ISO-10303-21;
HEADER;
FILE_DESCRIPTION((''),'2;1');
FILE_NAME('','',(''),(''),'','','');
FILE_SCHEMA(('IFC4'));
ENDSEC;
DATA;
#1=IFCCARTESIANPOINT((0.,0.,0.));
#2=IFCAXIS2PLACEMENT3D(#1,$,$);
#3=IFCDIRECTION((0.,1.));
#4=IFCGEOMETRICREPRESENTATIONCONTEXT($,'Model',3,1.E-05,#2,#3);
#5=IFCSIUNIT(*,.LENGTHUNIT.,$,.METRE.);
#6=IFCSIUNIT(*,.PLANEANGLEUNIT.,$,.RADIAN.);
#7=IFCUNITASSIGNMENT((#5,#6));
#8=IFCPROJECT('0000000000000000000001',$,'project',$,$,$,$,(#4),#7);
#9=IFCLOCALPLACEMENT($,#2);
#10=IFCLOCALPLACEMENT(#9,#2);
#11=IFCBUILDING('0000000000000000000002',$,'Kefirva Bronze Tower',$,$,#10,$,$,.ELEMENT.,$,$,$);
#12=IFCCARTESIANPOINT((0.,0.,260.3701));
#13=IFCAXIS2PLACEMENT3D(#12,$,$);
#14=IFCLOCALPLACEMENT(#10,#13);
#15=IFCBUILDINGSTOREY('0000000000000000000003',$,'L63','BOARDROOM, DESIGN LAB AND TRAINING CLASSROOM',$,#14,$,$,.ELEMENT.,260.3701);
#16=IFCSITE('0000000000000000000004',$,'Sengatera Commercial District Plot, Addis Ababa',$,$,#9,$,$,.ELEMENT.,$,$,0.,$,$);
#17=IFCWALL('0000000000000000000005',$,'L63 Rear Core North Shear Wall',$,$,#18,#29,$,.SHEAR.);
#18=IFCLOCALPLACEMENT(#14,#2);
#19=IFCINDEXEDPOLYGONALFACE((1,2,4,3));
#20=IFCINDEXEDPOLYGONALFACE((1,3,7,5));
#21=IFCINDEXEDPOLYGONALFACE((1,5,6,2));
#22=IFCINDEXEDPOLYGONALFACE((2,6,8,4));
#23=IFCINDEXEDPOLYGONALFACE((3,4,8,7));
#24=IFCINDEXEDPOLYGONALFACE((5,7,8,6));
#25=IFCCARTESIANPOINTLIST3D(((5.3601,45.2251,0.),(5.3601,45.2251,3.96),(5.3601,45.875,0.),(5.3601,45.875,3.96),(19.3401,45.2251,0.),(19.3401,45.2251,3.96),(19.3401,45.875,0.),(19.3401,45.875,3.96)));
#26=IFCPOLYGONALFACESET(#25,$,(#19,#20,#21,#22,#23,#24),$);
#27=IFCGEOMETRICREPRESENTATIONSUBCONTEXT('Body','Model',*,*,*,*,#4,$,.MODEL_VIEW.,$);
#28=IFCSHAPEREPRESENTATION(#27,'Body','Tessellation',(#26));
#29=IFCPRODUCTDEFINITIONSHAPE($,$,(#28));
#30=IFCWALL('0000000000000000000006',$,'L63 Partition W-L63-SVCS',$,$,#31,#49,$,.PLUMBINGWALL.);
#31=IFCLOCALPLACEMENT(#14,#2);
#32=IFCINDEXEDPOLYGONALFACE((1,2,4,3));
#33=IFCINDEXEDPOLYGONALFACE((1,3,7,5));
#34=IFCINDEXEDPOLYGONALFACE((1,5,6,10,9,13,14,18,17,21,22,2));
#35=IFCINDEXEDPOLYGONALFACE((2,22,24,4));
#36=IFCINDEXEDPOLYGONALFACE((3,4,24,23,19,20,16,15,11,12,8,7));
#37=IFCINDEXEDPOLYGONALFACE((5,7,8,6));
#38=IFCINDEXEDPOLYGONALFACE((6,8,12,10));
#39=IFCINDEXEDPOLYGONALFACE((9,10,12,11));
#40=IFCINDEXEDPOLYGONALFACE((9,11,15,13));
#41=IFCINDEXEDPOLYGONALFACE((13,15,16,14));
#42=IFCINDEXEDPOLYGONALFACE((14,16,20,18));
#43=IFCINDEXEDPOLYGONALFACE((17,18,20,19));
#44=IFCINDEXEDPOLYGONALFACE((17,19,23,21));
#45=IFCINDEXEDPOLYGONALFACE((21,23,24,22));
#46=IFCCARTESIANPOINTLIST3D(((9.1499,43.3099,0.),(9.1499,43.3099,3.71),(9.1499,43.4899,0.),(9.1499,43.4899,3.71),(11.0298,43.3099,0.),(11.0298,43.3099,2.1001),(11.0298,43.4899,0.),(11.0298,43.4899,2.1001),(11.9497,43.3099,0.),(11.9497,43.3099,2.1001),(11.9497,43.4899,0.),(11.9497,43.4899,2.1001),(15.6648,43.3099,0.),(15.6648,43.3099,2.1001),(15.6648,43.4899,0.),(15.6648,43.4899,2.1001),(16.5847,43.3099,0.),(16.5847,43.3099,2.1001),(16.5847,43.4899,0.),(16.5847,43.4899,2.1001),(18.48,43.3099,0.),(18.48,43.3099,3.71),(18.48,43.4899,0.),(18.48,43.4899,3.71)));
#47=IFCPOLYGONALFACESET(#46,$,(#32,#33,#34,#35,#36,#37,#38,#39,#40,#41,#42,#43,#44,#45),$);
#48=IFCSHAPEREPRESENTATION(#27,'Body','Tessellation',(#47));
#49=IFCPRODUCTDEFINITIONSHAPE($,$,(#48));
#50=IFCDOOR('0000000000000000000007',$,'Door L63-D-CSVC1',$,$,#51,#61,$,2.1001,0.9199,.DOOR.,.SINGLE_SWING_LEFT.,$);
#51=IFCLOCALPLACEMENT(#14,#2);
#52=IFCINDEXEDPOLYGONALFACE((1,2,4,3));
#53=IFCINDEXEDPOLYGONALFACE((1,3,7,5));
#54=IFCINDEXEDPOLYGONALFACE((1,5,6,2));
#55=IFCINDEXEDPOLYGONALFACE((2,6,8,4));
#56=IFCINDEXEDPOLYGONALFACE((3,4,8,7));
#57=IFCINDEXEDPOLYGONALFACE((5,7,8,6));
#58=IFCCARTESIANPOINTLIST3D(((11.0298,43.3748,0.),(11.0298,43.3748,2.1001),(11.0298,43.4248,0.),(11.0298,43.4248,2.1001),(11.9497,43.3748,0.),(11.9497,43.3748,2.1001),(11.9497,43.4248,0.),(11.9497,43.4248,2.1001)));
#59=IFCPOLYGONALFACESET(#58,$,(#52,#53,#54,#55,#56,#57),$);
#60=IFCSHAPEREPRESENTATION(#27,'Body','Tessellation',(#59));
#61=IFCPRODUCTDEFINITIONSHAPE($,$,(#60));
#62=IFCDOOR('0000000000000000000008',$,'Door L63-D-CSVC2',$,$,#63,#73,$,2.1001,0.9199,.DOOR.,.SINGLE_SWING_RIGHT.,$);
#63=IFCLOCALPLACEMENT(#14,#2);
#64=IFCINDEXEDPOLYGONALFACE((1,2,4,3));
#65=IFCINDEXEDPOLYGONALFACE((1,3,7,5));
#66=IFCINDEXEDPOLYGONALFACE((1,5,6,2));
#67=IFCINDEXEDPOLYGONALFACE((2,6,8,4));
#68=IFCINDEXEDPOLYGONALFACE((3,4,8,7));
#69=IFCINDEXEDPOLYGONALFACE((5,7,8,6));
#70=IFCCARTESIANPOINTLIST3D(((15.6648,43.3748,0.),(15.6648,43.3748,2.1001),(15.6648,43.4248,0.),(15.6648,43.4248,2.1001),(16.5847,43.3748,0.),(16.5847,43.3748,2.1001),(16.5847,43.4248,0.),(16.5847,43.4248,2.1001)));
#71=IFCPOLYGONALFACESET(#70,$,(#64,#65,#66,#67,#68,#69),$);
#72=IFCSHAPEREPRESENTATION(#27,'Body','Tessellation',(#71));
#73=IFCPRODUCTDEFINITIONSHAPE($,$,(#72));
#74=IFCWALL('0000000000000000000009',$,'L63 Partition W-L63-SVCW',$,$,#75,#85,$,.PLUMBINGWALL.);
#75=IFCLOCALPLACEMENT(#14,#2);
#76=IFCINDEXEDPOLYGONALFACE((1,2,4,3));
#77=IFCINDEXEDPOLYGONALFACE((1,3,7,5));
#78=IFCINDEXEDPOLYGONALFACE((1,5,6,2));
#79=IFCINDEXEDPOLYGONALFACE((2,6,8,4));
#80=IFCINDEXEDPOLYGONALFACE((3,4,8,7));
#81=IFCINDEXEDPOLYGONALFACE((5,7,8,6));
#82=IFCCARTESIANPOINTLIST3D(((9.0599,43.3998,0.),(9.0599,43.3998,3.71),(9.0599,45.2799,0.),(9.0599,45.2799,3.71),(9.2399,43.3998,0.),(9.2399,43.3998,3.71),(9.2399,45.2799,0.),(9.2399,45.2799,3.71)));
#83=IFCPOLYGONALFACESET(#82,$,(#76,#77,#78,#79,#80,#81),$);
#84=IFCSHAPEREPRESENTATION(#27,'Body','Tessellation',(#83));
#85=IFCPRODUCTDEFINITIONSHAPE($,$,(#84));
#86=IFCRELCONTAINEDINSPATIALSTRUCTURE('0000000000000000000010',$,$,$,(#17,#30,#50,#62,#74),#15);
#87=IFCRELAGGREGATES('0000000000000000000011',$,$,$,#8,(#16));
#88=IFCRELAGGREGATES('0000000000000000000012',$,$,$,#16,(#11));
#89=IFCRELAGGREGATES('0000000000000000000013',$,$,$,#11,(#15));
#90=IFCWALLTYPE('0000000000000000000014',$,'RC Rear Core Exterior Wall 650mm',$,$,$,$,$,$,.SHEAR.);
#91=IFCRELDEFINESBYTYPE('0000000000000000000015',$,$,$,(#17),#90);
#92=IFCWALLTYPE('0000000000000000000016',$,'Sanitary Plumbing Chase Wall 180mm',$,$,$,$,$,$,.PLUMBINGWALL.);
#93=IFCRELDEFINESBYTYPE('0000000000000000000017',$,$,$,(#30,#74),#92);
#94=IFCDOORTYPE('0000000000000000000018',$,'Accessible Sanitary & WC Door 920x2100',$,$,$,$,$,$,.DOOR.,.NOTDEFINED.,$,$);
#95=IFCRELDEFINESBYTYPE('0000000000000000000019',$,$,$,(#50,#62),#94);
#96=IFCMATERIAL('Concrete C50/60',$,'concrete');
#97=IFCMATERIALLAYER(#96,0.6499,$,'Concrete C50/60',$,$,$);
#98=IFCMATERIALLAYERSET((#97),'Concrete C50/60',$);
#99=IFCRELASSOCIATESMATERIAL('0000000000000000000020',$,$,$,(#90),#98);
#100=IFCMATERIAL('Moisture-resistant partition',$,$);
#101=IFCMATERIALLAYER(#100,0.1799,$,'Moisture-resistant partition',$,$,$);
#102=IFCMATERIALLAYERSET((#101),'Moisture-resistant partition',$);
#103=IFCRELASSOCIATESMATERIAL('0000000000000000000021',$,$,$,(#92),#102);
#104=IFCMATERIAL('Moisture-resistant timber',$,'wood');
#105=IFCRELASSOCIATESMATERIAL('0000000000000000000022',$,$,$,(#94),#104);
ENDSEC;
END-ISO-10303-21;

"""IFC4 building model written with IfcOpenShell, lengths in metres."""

from ifc_helpers import new_model, si_unit, direction, frame, frame_2d, origin, place, context, subcontext, project, spatial, rectangle, extrude, material, layer, layer_set, type_object, element, fill, save


model = new_model("IFC4")

# Units and contexts
model_context = context("Model", 3, precision=1e-05, world=origin(), true_north=direction((0.0, 1.0)))
body_context = subcontext(model_context, "Body", "Model", "MODEL_VIEW")
ifc_project = project(units=[si_unit("LENGTHUNIT", "METRE"), si_unit("PLANEANGLEUNIT", "RADIAN")], contexts=[model_context])

# Site, building, storey
site_placement = place(None, origin())
site = spatial("IfcSite", under=ifc_project, at=site_placement, Name="Sengatera Commercial District Plot, Addis Ababa", CompositionType="ELEMENT", RefElevation=0.0)
building_placement = place(site_placement, origin())
building = spatial("IfcBuilding", under=site, at=building_placement, Name="Kefirva Bronze Tower", CompositionType="ELEMENT")
storey_placement = place(building_placement, frame((0.0, 0.0, 260.3701)))
storey = spatial("IfcBuildingStorey", under=building, at=storey_placement, Name="L63", Description="BOARDROOM, DESIGN LAB AND TRAINING CLASSROOM", CompositionType="ELEMENT", Elevation=260.3701)

# Shared definitions
ifc_material_1 = material(Name="Concrete C50/60", Category="concrete")

# Wall
ifc_layer_1 = layer(ifc_material_1, 0.6499, Name="Concrete C50/60")
ifc_layer_set_1 = layer_set([ifc_layer_1], Name="Concrete C50/60")
wall_type_1 = type_object("IfcWallType", Name="RC Rear Core Exterior Wall 650mm", PredefinedType="SHEAR", material=ifc_layer_set_1)
wall_1_placement = place(storey_placement, frame((5.3601, 45.55, 0.0), z_axis=(0.0, 0.0, 1.0), x_axis=(1.0, 0.0, 0.0)))
element("IfcWall", 1, at=wall_1_placement, inside=storey, type_object=wall_type_1, Name="L63 Rear Core North Shear Wall", PredefinedType="SHEAR", context=body_context, shape_type="SweptSolid", body=[
    extrude(rectangle(XDim=13.98, YDim=0.6499, at=frame_2d((6.99, 0.0))), origin(), (0.0, 0.0, 1.0), 3.96),
])

# Wall, openings, doors
ifc_material_2 = material(Name="Moisture-resistant partition")
ifc_layer_2 = layer(ifc_material_2, 0.1799, Name="Moisture-resistant partition")
ifc_layer_set_2 = layer_set([ifc_layer_2], Name="Moisture-resistant partition")
wall_type_2 = type_object("IfcWallType", Name="Sanitary Plumbing Chase Wall 180mm", PredefinedType="PLUMBINGWALL", material=ifc_layer_set_2)
wall_2_placement = place(storey_placement, frame((9.1499, 43.3999, 0.0), z_axis=(0.0, 0.0, 1.0), x_axis=(1.0, 0.0, 0.0)))
wall_2 = element("IfcWall", 2, at=wall_2_placement, inside=storey, type_object=wall_type_2, Name="L63 Partition W-L63-SVCS", PredefinedType="PLUMBINGWALL", context=body_context, shape_type="SweptSolid", body=[
    extrude(rectangle(XDim=9.3301, YDim=0.1799, at=frame_2d((4.665, 0.0))), origin(), (0.0, 0.0, 1.0), 3.71),
])
opening_1_placement = place(wall_2_placement, frame((1.8799, 0.0, 0.0)))
opening_1 = element("IfcOpeningElement", 3, at=opening_1_placement, cuts=wall_2, PredefinedType="OPENING", context=body_context, shape_type="SweptSolid", body=[
    extrude(rectangle(XDim=0.9199, YDim=2.1001, at=frame_2d((0.46, 1.05))), frame((0.0, 0.1001, 0.0), z_axis=(0.0, -1.0, 0.0), x_axis=(1.0, 0.0, 0.0)), (0.0, 0.0, 1.0), 0.2),
])
opening_2_placement = place(wall_2_placement, frame((6.5149, 0.0, 0.0)))
opening_2 = element("IfcOpeningElement", 4, at=opening_2_placement, cuts=wall_2, PredefinedType="OPENING", context=body_context, shape_type="SweptSolid", body=[
    extrude(rectangle(XDim=0.9199, YDim=2.1001, at=frame_2d((0.46, 1.05))), frame((0.0, 0.1001, 0.0), z_axis=(0.0, -1.0, 0.0), x_axis=(1.0, 0.0, 0.0)), (0.0, 0.0, 1.0), 0.2),
])
ifc_material_3 = material(Name="Moisture-resistant timber", Category="wood")
door_type_1 = type_object("IfcDoorType", Name="Accessible Sanitary & WC Door 920x2100", OperationType="NOTDEFINED", PredefinedType="DOOR", material=ifc_material_3)
door_1_placement = place(opening_1_placement, origin())
door_1 = element("IfcDoor", 5, at=door_1_placement, inside=storey, type_object=door_type_1, Name="Door L63-D-CSVC1", OperationType="SINGLE_SWING_LEFT", OverallHeight=2.1001, OverallWidth=0.9199, PredefinedType="DOOR", context=body_context, shape_type="SweptSolid", body=[
    extrude(rectangle(XDim=0.9199, YDim=2.1001, at=frame_2d((0.46, 1.05))), frame((0.0, 0.0249, 0.0), z_axis=(0.0, -1.0, 0.0), x_axis=(1.0, 0.0, 0.0)), (0.0, 0.0, 1.0), 0.05),
])
fill(opening_1, door_1)
door_2_placement = place(opening_2_placement, origin())
door_2 = element("IfcDoor", 6, at=door_2_placement, inside=storey, type_object=door_type_1, Name="Door L63-D-CSVC2", OperationType="SINGLE_SWING_RIGHT", OverallHeight=2.1001, OverallWidth=0.9199, PredefinedType="DOOR", context=body_context, shape_type="SweptSolid", body=[
    extrude(rectangle(XDim=0.9199, YDim=2.1001, at=frame_2d((0.46, 1.05))), frame((0.0, 0.0249, 0.0), z_axis=(0.0, -1.0, 0.0), x_axis=(1.0, 0.0, 0.0)), (0.0, 0.0, 1.0), 0.05),
])
fill(opening_2, door_2)

# Wall
wall_3_placement = place(storey_placement, frame((9.1499, 43.3999, 0.0), z_axis=(0.0, 0.0, 1.0), x_axis=(0.0, 1.0, 0.0)))
element("IfcWall", 7, at=wall_3_placement, inside=storey, type_object=wall_type_2, Name="L63 Partition W-L63-SVCW", PredefinedType="PLUMBINGWALL", context=body_context, shape_type="SweptSolid", body=[
    extrude(rectangle(XDim=1.8801, YDim=0.1799, at=frame_2d((0.9399, 0.0))), origin(), (0.0, 0.0, 1.0), 3.71),
])

save(model, "model.ifc")
